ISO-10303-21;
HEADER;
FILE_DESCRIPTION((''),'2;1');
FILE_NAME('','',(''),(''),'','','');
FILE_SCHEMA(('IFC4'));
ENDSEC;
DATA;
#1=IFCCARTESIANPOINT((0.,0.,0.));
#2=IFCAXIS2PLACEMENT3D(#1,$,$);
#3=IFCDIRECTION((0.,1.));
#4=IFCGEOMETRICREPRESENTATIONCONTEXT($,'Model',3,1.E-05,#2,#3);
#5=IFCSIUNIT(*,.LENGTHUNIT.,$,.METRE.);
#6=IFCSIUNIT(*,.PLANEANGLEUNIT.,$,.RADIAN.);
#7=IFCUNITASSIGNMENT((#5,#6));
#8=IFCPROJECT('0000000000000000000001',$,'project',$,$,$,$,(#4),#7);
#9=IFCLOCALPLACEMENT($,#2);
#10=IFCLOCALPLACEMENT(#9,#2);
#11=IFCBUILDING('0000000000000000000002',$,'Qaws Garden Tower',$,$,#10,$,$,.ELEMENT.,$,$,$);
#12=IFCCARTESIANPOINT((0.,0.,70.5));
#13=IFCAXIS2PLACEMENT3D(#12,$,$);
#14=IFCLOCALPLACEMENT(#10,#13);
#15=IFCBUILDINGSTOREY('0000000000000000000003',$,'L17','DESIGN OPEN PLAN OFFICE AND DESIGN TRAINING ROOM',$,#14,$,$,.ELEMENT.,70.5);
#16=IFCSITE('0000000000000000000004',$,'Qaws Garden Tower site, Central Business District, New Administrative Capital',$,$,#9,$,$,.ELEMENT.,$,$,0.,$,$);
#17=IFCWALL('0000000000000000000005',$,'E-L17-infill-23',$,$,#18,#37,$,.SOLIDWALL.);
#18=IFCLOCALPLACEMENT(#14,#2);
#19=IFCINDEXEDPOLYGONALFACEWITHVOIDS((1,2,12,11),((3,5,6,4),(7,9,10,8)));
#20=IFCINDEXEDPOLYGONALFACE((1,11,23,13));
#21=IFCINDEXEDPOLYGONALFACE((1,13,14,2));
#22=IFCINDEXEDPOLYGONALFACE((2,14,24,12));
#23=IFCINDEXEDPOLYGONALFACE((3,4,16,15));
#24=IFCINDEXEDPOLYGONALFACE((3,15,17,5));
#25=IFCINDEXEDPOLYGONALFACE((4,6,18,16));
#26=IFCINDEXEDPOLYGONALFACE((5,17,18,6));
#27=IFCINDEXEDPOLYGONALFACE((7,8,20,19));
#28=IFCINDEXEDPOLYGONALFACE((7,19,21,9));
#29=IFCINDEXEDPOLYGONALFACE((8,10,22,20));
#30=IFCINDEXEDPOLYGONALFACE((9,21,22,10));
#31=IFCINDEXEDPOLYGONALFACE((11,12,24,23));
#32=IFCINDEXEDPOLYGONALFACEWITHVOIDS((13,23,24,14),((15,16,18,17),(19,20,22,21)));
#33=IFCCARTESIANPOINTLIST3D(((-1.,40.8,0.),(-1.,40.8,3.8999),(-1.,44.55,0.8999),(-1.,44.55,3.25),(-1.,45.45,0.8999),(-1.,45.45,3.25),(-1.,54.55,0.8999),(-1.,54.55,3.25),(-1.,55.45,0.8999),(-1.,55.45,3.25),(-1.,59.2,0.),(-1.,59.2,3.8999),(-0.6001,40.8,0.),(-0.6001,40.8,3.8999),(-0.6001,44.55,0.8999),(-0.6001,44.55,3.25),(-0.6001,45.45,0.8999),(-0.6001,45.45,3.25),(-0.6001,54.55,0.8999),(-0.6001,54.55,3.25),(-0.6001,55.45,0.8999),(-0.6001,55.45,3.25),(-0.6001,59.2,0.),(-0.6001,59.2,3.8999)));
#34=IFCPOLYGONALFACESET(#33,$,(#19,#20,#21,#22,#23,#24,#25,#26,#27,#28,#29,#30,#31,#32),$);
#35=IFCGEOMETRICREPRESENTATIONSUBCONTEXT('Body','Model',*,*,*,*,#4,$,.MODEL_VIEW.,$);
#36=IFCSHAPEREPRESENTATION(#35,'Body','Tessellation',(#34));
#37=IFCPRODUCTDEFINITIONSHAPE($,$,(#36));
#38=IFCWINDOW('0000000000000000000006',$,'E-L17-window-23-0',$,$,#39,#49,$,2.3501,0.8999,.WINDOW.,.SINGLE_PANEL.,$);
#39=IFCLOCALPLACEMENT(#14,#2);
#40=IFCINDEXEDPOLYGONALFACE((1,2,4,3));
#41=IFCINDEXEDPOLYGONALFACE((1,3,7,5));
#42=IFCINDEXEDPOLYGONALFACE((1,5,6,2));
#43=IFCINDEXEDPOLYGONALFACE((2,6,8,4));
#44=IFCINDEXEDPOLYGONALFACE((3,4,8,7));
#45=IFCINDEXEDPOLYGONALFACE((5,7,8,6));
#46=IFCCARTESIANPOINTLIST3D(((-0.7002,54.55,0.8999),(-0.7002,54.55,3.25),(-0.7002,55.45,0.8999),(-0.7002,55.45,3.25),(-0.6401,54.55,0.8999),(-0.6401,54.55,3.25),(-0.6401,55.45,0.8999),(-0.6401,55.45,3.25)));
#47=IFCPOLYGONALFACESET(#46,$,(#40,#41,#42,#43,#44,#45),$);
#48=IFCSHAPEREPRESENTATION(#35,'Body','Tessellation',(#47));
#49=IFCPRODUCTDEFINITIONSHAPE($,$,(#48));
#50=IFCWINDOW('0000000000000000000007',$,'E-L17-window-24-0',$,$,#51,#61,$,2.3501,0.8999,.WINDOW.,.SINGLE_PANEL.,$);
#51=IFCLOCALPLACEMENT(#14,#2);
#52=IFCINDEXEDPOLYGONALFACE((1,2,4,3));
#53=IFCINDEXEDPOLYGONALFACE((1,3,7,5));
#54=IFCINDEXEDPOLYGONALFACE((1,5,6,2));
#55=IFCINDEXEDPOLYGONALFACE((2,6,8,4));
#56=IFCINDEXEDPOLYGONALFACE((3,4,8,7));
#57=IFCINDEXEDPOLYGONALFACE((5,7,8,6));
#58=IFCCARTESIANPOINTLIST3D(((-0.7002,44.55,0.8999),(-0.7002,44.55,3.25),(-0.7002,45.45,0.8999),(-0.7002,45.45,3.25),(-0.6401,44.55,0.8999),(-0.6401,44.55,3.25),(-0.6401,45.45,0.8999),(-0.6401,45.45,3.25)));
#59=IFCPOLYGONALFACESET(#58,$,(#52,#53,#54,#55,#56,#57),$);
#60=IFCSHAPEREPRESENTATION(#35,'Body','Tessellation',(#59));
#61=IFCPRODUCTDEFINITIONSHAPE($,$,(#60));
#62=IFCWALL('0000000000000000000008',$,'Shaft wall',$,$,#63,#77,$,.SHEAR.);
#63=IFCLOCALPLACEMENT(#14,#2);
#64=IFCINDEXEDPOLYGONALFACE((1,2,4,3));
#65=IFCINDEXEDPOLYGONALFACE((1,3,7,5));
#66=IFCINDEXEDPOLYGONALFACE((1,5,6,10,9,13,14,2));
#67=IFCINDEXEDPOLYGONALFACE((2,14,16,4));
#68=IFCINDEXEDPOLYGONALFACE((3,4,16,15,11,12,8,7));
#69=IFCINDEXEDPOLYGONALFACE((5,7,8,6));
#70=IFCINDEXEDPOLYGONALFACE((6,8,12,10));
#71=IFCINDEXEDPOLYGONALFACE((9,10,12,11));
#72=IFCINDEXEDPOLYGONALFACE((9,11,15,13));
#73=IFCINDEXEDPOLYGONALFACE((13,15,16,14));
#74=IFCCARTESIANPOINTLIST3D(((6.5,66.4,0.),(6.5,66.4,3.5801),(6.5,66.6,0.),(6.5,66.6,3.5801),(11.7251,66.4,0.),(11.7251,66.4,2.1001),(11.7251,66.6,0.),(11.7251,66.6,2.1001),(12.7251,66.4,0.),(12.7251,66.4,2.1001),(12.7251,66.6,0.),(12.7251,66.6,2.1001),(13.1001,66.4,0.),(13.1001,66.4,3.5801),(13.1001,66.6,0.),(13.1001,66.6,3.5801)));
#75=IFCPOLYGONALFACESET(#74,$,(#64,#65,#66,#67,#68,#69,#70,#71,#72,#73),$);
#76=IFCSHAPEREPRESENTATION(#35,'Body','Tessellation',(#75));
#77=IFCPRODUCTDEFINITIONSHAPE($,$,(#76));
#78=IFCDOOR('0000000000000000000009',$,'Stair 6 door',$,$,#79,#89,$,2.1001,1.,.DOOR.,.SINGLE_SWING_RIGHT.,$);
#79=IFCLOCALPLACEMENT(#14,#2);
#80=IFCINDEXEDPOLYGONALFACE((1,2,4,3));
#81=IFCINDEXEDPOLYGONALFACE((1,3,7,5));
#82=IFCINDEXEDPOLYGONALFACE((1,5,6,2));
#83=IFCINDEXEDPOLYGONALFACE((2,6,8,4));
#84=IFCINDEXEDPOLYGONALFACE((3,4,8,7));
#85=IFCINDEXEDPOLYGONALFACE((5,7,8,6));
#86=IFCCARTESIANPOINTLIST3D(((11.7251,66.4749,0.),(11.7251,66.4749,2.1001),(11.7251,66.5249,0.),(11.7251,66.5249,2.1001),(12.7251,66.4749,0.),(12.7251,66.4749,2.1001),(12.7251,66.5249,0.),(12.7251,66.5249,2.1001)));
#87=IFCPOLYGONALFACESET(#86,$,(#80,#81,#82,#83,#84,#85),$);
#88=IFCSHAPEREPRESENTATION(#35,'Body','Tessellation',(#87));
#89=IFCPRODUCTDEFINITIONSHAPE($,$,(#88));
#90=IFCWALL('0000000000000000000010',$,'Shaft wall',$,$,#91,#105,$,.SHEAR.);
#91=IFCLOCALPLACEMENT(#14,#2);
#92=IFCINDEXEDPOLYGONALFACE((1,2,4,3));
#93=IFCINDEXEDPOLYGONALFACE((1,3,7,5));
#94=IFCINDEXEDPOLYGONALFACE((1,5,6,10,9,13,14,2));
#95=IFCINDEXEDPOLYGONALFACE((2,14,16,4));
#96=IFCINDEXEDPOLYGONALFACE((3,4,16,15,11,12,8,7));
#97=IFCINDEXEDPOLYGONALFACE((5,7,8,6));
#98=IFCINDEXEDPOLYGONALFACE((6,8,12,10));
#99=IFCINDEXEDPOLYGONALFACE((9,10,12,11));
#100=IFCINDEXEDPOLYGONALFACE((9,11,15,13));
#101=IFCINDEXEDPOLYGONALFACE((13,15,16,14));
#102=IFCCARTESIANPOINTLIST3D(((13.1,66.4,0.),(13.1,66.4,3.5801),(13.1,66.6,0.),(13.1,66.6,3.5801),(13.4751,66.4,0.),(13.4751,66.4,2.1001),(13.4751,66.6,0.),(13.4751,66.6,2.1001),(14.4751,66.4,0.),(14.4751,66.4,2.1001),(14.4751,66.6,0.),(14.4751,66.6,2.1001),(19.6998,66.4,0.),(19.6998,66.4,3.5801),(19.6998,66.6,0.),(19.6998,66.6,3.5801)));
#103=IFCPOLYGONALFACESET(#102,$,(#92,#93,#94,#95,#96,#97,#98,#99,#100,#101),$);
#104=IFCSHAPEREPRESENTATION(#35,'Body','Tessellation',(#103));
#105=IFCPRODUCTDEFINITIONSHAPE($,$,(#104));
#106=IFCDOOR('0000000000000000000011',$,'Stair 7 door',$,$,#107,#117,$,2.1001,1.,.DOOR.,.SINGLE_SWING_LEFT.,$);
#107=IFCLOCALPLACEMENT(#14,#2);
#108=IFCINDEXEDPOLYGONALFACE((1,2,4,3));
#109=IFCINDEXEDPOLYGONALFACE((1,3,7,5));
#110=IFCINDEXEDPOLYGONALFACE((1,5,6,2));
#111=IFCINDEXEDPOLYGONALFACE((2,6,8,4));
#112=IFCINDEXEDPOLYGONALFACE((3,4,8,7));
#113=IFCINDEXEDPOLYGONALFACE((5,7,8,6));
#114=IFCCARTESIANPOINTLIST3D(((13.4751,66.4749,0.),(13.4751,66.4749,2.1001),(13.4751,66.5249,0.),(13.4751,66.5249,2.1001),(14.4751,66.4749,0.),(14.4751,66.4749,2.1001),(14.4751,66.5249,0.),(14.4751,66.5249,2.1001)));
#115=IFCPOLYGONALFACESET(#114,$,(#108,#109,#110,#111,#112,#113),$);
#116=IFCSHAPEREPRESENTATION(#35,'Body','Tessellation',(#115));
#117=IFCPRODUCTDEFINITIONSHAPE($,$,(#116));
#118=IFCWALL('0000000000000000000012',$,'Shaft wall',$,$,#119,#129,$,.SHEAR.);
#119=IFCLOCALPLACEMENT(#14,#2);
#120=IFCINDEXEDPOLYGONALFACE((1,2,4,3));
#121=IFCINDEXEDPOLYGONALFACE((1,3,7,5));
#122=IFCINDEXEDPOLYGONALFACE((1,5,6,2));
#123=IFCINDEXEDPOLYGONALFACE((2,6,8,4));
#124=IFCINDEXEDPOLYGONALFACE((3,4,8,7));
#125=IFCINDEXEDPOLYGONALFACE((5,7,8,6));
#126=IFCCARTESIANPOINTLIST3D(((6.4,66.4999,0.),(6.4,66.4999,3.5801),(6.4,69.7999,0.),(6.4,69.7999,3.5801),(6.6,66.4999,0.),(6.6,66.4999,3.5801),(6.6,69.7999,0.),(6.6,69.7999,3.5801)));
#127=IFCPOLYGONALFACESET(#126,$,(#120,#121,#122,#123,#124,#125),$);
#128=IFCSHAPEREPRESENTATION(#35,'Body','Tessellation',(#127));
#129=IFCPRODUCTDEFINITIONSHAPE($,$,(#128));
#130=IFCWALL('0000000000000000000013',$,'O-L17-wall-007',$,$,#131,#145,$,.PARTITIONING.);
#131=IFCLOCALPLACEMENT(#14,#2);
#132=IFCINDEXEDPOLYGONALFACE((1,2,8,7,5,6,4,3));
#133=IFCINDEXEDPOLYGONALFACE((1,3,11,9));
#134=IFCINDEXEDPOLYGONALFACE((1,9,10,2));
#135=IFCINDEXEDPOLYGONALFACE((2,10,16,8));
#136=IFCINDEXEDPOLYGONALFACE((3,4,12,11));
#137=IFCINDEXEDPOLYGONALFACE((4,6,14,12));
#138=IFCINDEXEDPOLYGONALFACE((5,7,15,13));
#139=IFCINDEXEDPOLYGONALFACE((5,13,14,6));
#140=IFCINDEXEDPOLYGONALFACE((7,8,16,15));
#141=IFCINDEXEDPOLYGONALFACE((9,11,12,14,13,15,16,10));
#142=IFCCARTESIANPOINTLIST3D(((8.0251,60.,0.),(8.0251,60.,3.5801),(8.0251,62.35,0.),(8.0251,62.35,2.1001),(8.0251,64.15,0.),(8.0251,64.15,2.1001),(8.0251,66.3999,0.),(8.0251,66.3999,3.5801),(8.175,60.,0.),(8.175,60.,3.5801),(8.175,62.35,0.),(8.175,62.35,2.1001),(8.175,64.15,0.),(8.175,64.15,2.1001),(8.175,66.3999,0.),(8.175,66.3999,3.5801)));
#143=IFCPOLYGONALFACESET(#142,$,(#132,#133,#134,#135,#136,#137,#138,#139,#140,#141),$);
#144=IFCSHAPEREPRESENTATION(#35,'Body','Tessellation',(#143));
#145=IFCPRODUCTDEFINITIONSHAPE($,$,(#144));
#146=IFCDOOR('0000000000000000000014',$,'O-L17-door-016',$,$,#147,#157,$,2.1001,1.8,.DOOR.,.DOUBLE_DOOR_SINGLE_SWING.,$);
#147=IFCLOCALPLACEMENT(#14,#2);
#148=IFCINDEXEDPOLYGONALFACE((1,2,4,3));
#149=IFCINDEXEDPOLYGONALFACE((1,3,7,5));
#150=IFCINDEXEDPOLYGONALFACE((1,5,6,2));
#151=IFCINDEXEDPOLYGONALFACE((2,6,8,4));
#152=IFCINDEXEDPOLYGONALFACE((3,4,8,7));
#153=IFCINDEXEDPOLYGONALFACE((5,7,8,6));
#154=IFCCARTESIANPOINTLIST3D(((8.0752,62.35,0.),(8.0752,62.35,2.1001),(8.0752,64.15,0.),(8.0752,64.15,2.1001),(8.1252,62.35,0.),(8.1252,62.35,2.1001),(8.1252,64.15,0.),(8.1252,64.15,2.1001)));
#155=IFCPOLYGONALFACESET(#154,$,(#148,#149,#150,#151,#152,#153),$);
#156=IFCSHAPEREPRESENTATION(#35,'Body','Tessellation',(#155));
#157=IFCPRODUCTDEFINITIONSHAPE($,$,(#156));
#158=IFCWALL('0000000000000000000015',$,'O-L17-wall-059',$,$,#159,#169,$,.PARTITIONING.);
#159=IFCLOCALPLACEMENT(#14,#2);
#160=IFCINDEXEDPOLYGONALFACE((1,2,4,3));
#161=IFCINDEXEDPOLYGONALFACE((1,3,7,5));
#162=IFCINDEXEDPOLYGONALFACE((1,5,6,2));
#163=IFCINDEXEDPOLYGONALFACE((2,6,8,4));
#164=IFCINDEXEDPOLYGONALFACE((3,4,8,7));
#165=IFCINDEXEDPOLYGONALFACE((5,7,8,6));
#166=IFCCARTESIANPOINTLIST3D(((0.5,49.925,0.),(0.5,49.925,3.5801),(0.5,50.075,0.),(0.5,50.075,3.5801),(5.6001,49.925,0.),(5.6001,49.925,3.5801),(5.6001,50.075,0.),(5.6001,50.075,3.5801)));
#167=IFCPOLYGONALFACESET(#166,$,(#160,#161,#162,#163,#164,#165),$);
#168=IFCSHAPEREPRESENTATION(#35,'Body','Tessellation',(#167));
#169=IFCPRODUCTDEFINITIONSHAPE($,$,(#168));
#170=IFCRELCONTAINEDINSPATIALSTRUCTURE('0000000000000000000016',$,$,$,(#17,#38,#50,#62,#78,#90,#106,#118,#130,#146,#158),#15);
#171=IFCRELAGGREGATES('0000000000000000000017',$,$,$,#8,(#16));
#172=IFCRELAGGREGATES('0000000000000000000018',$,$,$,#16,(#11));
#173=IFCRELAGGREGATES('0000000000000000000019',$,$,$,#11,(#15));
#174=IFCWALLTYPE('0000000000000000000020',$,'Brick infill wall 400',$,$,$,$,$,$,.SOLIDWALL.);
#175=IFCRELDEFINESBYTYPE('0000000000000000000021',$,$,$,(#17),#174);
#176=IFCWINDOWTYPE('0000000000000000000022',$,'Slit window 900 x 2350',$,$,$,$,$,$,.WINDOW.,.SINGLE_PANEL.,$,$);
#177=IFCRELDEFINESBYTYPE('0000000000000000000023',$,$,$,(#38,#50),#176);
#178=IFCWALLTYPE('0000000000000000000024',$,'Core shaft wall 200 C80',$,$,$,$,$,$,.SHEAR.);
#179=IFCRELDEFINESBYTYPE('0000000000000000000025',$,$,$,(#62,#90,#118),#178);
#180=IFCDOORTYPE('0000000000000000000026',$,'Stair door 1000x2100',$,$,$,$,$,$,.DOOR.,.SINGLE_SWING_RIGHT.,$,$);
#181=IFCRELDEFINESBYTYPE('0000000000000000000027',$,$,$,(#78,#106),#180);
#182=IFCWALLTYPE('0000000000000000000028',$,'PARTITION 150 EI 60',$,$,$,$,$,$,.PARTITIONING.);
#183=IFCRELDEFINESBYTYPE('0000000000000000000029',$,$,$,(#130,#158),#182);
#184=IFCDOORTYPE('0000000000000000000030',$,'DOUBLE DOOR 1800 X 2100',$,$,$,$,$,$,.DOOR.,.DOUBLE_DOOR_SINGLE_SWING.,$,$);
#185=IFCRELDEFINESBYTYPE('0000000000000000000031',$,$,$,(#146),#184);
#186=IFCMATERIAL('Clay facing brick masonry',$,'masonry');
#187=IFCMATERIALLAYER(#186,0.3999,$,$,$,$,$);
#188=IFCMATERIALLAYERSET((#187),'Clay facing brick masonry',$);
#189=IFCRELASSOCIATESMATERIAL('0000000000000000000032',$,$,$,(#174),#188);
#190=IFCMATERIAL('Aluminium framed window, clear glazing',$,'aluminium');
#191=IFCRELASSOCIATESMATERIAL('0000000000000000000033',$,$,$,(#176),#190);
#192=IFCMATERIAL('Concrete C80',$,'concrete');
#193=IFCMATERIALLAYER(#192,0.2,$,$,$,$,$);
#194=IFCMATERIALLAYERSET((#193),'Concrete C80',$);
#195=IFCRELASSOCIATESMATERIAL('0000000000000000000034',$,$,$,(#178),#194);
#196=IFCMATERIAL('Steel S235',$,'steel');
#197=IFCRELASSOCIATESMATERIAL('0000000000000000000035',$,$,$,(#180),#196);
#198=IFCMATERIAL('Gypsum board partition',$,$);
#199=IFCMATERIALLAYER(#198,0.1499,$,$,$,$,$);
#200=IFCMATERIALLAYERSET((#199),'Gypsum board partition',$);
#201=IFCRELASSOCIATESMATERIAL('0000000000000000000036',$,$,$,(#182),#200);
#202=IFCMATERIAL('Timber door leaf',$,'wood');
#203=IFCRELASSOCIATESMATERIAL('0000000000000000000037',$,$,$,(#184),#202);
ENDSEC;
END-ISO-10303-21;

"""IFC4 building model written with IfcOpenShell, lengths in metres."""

from ifc_helpers import new_model, si_unit, direction, frame, frame_2d, origin, place, context, subcontext, project, spatial, rectangle, extrude, material, layer, layer_set, type_object, element, fill, save


model = new_model("IFC4")

# Units and contexts
model_context = context("Model", 3, precision=1e-05, world=origin(), true_north=direction((0.0, 1.0)))
body_context = subcontext(model_context, "Body", "Model", "MODEL_VIEW")
ifc_project = project(units=[si_unit("LENGTHUNIT", "METRE"), si_unit("PLANEANGLEUNIT", "RADIAN")], contexts=[model_context])

# Site, building, storey
site_placement = place(None, origin())
site = spatial("IfcSite", under=ifc_project, at=site_placement, Name="Qaws Garden Tower site, Central Business District, New Administrative Capital", CompositionType="ELEMENT", RefElevation=0.0)
building_placement = place(site_placement, origin())
building = spatial("IfcBuilding", under=site, at=building_placement, Name="Qaws Garden Tower", CompositionType="ELEMENT")
storey_placement = place(building_placement, frame((0.0, 0.0, 70.5)))
storey = spatial("IfcBuildingStorey", under=building, at=storey_placement, Name="L17", Description="DESIGN OPEN PLAN OFFICE AND DESIGN TRAINING ROOM", CompositionType="ELEMENT", Elevation=70.5)

# Shared definitions
ifc_material_1 = material(Name="Clay facing brick masonry", Category="masonry")
ifc_layer_1 = layer(ifc_material_1, 0.3999)
ifc_layer_set_1 = layer_set([ifc_layer_1], Name="Clay facing brick masonry")
wall_type_1 = type_object("IfcWallType", Name="Brick infill wall 400", PredefinedType="SOLIDWALL", material=ifc_layer_set_1)

# Wall, openings, windows
wall_1_placement = place(storey_placement, frame((-0.8, 59.2, 0.0), z_axis=(0.0, 0.0, 1.0), x_axis=(0.0, -1.0, 0.0)))
wall_1 = element("IfcWall", 1, at=wall_1_placement, inside=storey, type_object=wall_type_1, Name="E-L17-infill-23", PredefinedType="SOLIDWALL", context=body_context, shape_type="SweptSolid", body=[
    extrude(rectangle(XDim=18.3999, YDim=0.3999, at=frame_2d((9.2, 0.0))), origin(), (0.0, 0.0, 1.0), 3.8999),
])
opening_1_placement = place(wall_1_placement, frame((3.75, 0.0, 0.8999)))
opening_1 = element("IfcOpeningElement", 2, at=opening_1_placement, cuts=wall_1, PredefinedType="OPENING", context=body_context, shape_type="SweptSolid", body=[
    extrude(rectangle(XDim=0.8999, YDim=2.3501, at=frame_2d((0.45, 1.175))), frame((0.0, 0.21, 0.0), z_axis=(0.0, -1.0, 0.0), x_axis=(1.0, 0.0, 0.0)), (0.0, 0.0, 1.0), 0.4199),
])
opening_2_placement = place(wall_1_placement, frame((13.75, 0.0, 0.8999)))
opening_2 = element("IfcOpeningElement", 3, at=opening_2_placement, cuts=wall_1, PredefinedType="OPENING", context=body_context, shape_type="SweptSolid", body=[
    extrude(rectangle(XDim=0.8999, YDim=2.3501, at=frame_2d((0.45, 1.175))), frame((0.0, 0.21, 0.0), z_axis=(0.0, -1.0, 0.0), x_axis=(1.0, 0.0, 0.0)), (0.0, 0.0, 1.0), 0.4199),
])
ifc_material_2 = material(Name="Aluminium framed window, clear glazing", Category="aluminium")
window_type_1 = type_object("IfcWindowType", Name="Slit window 900 x 2350", PartitioningType="SINGLE_PANEL", PredefinedType="WINDOW", material=ifc_material_2)
window_1_placement = place(opening_1_placement, origin())
window_1 = element("IfcWindow", 4, at=window_1_placement, inside=storey, type_object=window_type_1, Name="E-L17-window-23-0", OverallHeight=2.3501, OverallWidth=0.8999, PartitioningType="SINGLE_PANEL", PredefinedType="WINDOW", context=body_context, shape_type="SweptSolid", body=[
    extrude(rectangle(XDim=0.8999, YDim=2.3501, at=frame_2d((0.45, 1.175))), frame((0.0, 0.1599, 0.0), z_axis=(0.0, -1.0, 0.0), x_axis=(1.0, 0.0, 0.0)), (0.0, 0.0, 1.0), 0.0601),
])
fill(opening_1, window_1)
window_2_placement = place(opening_2_placement, origin())
window_2 = element("IfcWindow", 5, at=window_2_placement, inside=storey, type_object=window_type_1, Name="E-L17-window-24-0", OverallHeight=2.3501, OverallWidth=0.8999, PartitioningType="SINGLE_PANEL", PredefinedType="WINDOW", context=body_context, shape_type="SweptSolid", body=[
    extrude(rectangle(XDim=0.8999, YDim=2.3501, at=frame_2d((0.45, 1.175))), frame((0.0, 0.1599, 0.0), z_axis=(0.0, -1.0, 0.0), x_axis=(1.0, 0.0, 0.0)), (0.0, 0.0, 1.0), 0.0601),
])
fill(opening_2, window_2)

# Walls, openings, doors
ifc_material_3 = material(Name="Concrete C80", Category="concrete")
ifc_layer_2 = layer(ifc_material_3, 0.2)
ifc_layer_set_2 = layer_set([ifc_layer_2], Name="Concrete C80")
wall_type_2 = type_object("IfcWallType", Name="Core shaft wall 200 C80", PredefinedType="SHEAR", material=ifc_layer_set_2)
wall_2_placement = place(storey_placement, frame((6.5, 66.5, 0.0), z_axis=(0.0, 0.0, 1.0), x_axis=(1.0, 0.0, 0.0)))
wall_2 = element("IfcWall", 6, at=wall_2_placement, inside=storey, type_object=wall_type_2, Name="Shaft wall", PredefinedType="SHEAR", context=body_context, shape_type="SweptSolid", body=[
    extrude(rectangle(XDim=6.6001, YDim=0.2, at=frame_2d((3.3, 0.0))), origin(), (0.0, 0.0, 1.0), 3.5801),
])
opening_3_placement = place(wall_2_placement, frame((5.2251, 0.0, 0.0)))
opening_3 = element("IfcOpeningElement", 7, at=opening_3_placement, cuts=wall_2, PredefinedType="OPENING", context=body_context, shape_type="SweptSolid", body=[
    extrude(rectangle(XDim=1.0, YDim=2.1001, at=frame_2d((0.5, 1.05))), frame((0.0, 0.1099, 0.0), z_axis=(0.0, -1.0, 0.0), x_axis=(1.0, 0.0, 0.0)), (0.0, 0.0, 1.0), 0.22),
])
ifc_material_4 = material(Name="Steel S235", Category="steel")
door_type_1 = type_object("IfcDoorType", Name="Stair door 1000x2100", OperationType="SINGLE_SWING_RIGHT", PredefinedType="DOOR", material=ifc_material_4)
door_1_placement = place(opening_3_placement, origin())
door_1 = element("IfcDoor", 8, at=door_1_placement, inside=storey, type_object=door_type_1, Name="Stair 6 door", OperationType="SINGLE_SWING_RIGHT", OverallHeight=2.1001, OverallWidth=1.0, PredefinedType="DOOR", context=body_context, shape_type="SweptSolid", body=[
    extrude(rectangle(XDim=1.0, YDim=2.1001, at=frame_2d((0.5, 1.05))), frame((0.0, 0.0249, 0.0), z_axis=(0.0, -1.0, 0.0), x_axis=(1.0, 0.0, 0.0)), (0.0, 0.0, 1.0), 0.05),
])
fill(opening_3, door_1)
wall_3_placement = place(storey_placement, frame((13.1001, 66.5, 0.0), z_axis=(0.0, 0.0, 1.0), x_axis=(1.0, 0.0, 0.0)))
wall_3 = element("IfcWall", 9, at=wall_3_placement, inside=storey, type_object=wall_type_2, Name="Shaft wall", PredefinedType="SHEAR", context=body_context, shape_type="SweptSolid", body=[
    extrude(rectangle(XDim=6.5999, YDim=0.2, at=frame_2d((3.2998, 0.0))), origin(), (0.0, 0.0, 1.0), 3.5801),
])
opening_4_placement = place(wall_3_placement, frame((0.375, 0.0, 0.0)))
opening_4 = element("IfcOpeningElement", 10, at=opening_4_placement, cuts=wall_3, PredefinedType="OPENING", context=body_context, shape_type="SweptSolid", body=[
    extrude(rectangle(XDim=1.0, YDim=2.1001, at=frame_2d((0.5, 1.05))), frame((0.0, 0.1099, 0.0), z_axis=(0.0, -1.0, 0.0), x_axis=(1.0, 0.0, 0.0)), (0.0, 0.0, 1.0), 0.22),
])
door_2_placement = place(opening_4_placement, origin())
door_2 = element("IfcDoor", 11, at=door_2_placement, inside=storey, type_object=door_type_1, Name="Stair 7 door", OperationType="SINGLE_SWING_LEFT", OverallHeight=2.1001, OverallWidth=1.0, PredefinedType="DOOR", context=body_context, shape_type="SweptSolid", body=[
    extrude(rectangle(XDim=1.0, YDim=2.1001, at=frame_2d((0.5, 1.05))), frame((0.0, 0.0249, 0.0), z_axis=(0.0, -1.0, 0.0), x_axis=(1.0, 0.0, 0.0)), (0.0, 0.0, 1.0), 0.05),
])
fill(opening_4, door_2)

# Wall
wall_4_placement = place(storey_placement, frame((6.5, 66.5, 0.0), z_axis=(0.0, 0.0, 1.0), x_axis=(0.0, 1.0, 0.0)))
element("IfcWall", 12, at=wall_4_placement, inside=storey, type_object=wall_type_2, Name="Shaft wall", PredefinedType="SHEAR", context=body_context, shape_type="SweptSolid", body=[
    extrude(rectangle(XDim=3.3, YDim=0.2, at=frame_2d((1.6499, 0.0))), origin(), (0.0, 0.0, 1.0), 3.5801),
])

# Wall, opening, door
ifc_material_5 = material(Name="Gypsum board partition")
ifc_layer_3 = layer(ifc_material_5, 0.1499)
ifc_layer_set_3 = layer_set([ifc_layer_3], Name="Gypsum board partition")
wall_type_3 = type_object("IfcWallType", Name="PARTITION 150 EI 60", PredefinedType="PARTITIONING", material=ifc_layer_set_3)
wall_5_placement = place(storey_placement, frame((8.1001, 60.0, 0.0), z_axis=(0.0, 0.0, 1.0), x_axis=(0.0, 1.0, 0.0)))
wall_5 = element("IfcWall", 13, at=wall_5_placement, inside=storey, type_object=wall_type_3, Name="O-L17-wall-007", PredefinedType="PARTITIONING", context=body_context, shape_type="SweptSolid", body=[
    extrude(rectangle(XDim=6.3999, YDim=0.1499, at=frame_2d((3.2, 0.0))), origin(), (0.0, 0.0, 1.0), 3.5801),
])
opening_5_placement = place(wall_5_placement, frame((2.3501, 0.0, 0.0)))
opening_5 = element("IfcOpeningElement", 14, at=opening_5_placement, cuts=wall_5, PredefinedType="OPENING", context=body_context, shape_type="SweptSolid", body=[
    extrude(rectangle(XDim=1.8, YDim=2.1001, at=frame_2d((0.8999, 1.05))), frame((0.0, 0.085, 0.0), z_axis=(0.0, -1.0, 0.0), x_axis=(1.0, 0.0, 0.0)), (0.0, 0.0, 1.0), 0.1699),
])
ifc_material_6 = material(Name="Timber door leaf", Category="wood")
door_type_2 = type_object("IfcDoorType", Name="DOUBLE DOOR 1800 X 2100", OperationType="DOUBLE_DOOR_SINGLE_SWING", PredefinedType="DOOR", material=ifc_material_6)
door_3_placement = place(opening_5_placement, origin())
door_3 = element("IfcDoor", 15, at=door_3_placement, inside=storey, type_object=door_type_2, Name="O-L17-door-016", OperationType="DOUBLE_DOOR_SINGLE_SWING", OverallHeight=2.1001, OverallWidth=1.8, PredefinedType="DOOR", context=body_context, shape_type="SweptSolid", body=[
    extrude(rectangle(XDim=1.8, YDim=2.1001, at=frame_2d((0.8999, 1.05))), frame((0.0, 0.0249, 0.0), z_axis=(0.0, -1.0, 0.0), x_axis=(1.0, 0.0, 0.0)), (0.0, 0.0, 1.0), 0.05),
])
fill(opening_5, door_3)

# Wall
wall_6_placement = place(storey_placement, frame((0.5, 50.0, 0.0), z_axis=(0.0, 0.0, 1.0), x_axis=(1.0, 0.0, 0.0)))
element("IfcWall", 16, at=wall_6_placement, inside=storey, type_object=wall_type_3, Name="O-L17-wall-059", PredefinedType="PARTITIONING", context=body_context, shape_type="SweptSolid", body=[
    extrude(rectangle(XDim=5.1001, YDim=0.1499, at=frame_2d((2.55, 0.0))), origin(), (0.0, 0.0, 1.0), 3.5801),
])

save(model, "model.ifc")
